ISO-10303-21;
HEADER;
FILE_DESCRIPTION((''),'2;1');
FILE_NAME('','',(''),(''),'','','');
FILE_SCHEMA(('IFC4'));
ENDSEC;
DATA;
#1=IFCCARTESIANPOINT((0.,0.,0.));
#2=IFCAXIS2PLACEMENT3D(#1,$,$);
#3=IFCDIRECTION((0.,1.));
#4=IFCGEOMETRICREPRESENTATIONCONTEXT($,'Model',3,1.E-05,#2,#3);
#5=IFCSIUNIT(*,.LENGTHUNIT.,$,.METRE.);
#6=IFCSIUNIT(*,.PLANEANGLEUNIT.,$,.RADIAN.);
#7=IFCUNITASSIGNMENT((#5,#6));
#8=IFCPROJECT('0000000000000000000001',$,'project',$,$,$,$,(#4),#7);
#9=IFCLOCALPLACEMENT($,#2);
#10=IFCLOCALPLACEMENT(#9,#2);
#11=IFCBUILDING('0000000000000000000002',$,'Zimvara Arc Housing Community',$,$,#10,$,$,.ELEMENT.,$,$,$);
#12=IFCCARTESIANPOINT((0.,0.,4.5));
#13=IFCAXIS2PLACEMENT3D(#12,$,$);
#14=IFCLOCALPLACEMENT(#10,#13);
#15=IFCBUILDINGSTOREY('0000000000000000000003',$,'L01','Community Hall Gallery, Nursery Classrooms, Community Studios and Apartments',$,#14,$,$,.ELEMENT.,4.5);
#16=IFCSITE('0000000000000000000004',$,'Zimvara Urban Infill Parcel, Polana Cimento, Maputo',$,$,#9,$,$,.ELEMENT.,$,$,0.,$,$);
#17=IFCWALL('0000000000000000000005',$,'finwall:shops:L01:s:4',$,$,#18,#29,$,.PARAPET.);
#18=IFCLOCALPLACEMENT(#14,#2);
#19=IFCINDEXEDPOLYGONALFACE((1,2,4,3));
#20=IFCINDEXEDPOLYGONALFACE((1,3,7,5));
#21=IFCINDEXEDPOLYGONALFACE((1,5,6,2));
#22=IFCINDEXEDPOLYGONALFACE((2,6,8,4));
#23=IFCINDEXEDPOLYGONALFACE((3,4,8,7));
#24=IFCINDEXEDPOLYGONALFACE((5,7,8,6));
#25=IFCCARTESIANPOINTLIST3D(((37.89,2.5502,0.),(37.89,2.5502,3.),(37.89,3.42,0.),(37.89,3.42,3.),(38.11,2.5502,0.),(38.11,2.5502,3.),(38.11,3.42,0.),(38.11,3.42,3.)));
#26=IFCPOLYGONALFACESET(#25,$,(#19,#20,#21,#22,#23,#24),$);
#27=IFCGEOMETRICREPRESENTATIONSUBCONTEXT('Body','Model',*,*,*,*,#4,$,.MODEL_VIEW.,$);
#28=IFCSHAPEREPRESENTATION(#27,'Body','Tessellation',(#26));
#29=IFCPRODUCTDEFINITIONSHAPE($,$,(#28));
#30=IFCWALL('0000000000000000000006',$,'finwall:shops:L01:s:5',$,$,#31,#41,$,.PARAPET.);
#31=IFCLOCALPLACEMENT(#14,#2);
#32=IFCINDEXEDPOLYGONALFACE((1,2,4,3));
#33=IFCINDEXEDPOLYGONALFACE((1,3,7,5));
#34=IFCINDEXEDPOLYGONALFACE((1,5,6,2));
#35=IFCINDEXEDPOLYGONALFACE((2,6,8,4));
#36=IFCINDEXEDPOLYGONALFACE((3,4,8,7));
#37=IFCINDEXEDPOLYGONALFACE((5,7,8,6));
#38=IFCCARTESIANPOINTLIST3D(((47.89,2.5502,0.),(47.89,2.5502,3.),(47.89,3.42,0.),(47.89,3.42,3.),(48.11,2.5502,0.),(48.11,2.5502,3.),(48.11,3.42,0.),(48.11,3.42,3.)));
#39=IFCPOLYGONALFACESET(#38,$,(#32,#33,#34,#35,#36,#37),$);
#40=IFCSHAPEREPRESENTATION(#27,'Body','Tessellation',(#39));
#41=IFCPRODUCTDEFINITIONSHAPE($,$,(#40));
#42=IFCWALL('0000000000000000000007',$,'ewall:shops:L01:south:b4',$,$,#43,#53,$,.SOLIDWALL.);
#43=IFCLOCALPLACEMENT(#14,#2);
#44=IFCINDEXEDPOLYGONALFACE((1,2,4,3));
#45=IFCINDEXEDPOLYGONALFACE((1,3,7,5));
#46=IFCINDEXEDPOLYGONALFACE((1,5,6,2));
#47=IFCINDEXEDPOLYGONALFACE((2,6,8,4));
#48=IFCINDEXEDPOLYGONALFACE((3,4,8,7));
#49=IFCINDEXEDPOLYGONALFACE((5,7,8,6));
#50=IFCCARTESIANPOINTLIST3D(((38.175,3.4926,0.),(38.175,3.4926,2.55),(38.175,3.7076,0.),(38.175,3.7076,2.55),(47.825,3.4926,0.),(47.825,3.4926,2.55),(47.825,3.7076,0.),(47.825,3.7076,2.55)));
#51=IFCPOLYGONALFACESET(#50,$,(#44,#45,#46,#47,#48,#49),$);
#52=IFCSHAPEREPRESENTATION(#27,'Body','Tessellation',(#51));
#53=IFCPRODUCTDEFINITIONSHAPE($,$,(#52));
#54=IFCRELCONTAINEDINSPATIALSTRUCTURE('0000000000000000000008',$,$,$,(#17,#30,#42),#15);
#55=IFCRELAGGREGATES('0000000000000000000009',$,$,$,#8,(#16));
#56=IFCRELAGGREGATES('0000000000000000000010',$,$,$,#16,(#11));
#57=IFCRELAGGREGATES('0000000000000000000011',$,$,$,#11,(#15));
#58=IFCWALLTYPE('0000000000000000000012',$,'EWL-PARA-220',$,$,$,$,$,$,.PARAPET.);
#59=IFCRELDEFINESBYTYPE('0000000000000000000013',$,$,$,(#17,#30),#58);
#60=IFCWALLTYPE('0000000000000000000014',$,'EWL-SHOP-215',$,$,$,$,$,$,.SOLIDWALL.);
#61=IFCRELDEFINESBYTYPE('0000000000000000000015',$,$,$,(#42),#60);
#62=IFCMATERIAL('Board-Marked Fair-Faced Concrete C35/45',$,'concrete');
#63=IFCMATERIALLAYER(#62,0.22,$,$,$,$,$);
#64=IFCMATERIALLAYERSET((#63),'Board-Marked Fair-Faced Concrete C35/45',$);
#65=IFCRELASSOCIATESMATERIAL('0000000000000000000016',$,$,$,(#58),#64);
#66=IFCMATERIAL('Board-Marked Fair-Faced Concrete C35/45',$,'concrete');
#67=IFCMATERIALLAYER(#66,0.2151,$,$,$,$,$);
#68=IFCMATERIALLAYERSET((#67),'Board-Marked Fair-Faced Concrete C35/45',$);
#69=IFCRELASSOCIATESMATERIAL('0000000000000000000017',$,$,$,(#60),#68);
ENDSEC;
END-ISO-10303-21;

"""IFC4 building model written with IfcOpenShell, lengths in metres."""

from ifc_helpers import new_model, si_unit, direction, frame, frame_2d, origin, place, context, subcontext, project, spatial, rectangle, extrude, material, layer, layer_set, type_object, element, save


model = new_model("IFC4")

# Units and contexts
model_context = context("Model", 3, precision=1e-05, world=origin(), true_north=direction((0.0, 1.0)))
body_context = subcontext(model_context, "Body", "Model", "MODEL_VIEW")
ifc_project = project(units=[si_unit("LENGTHUNIT", "METRE"), si_unit("PLANEANGLEUNIT", "RADIAN")], contexts=[model_context])

# Site, building, storey
site_placement = place(None, origin())
site = spatial("IfcSite", under=ifc_project, at=site_placement, Name="Zimvara Urban Infill Parcel, Polana Cimento, Maputo", CompositionType="ELEMENT", RefElevation=0.0)
building_placement = place(site_placement, origin())
building = spatial("IfcBuilding", under=site, at=building_placement, Name="Zimvara Arc Housing Community", CompositionType="ELEMENT")
storey_placement = place(building_placement, frame((0.0, 0.0, 4.5)))
storey = spatial("IfcBuildingStorey", under=building, at=storey_placement, Name="L01", Description="Community Hall Gallery, Nursery Classrooms, Community Studios and Apartments", CompositionType="ELEMENT", Elevation=4.5)

# Walls
ifc_material_1 = material(Name="Board-Marked Fair-Faced Concrete C35/45", Category="concrete")
ifc_layer_1 = layer(ifc_material_1, 0.22)
ifc_layer_set_1 = layer_set([ifc_layer_1], Name="Board-Marked Fair-Faced Concrete C35/45")
wall_type_1 = type_object("IfcWallType", Name="EWL-PARA-220", PredefinedType="PARAPET", material=ifc_layer_set_1)
for number, where, z_axis, x_axis, name in (
    (1, (38.0, 2.55, 0.0), (0.0, 0.0, 1.0), (0.0, 1.0, 0.0), "finwall:shops:L01:s:4"),
    (2, (48.0, 2.55, 0.0), (0.0, 0.0, 1.0), (0.0, 1.0, 0.0), "finwall:shops:L01:s:5"),
):
    element("IfcWall", number, at=place(storey_placement, frame(where, z_axis=z_axis, x_axis=x_axis)), inside=storey, type_object=wall_type_1, Name=name, PredefinedType="PARAPET", context=body_context, shape_type="SweptSolid", body=[
        extrude(rectangle(XDim=0.8699, YDim=0.22, at=frame_2d((0.4351, 0.0))), origin(), (0.0, 0.0, 1.0), 3.0),
    ])
ifc_material_2 = material(Name="Board-Marked Fair-Faced Concrete C35/45", Category="concrete")
ifc_layer_2 = layer(ifc_material_2, 0.2151)
ifc_layer_set_2 = layer_set([ifc_layer_2], Name="Board-Marked Fair-Faced Concrete C35/45")
wall_type_2 = type_object("IfcWallType", Name="EWL-SHOP-215", PredefinedType="SOLIDWALL", material=ifc_layer_set_2)
wall_placement = place(storey_placement, frame((38.175, 3.6001, 0.0), z_axis=(0.0, 0.0, 1.0), x_axis=(1.0, 0.0, 0.0)))
element("IfcWall", 3, at=wall_placement, inside=storey, type_object=wall_type_2, Name="ewall:shops:L01:south:b4", PredefinedType="SOLIDWALL", context=body_context, shape_type="SweptSolid", body=[
    extrude(rectangle(XDim=9.6499, YDim=0.2151, at=frame_2d((4.825, 0.0))), origin(), (0.0, 0.0, 1.0), 2.55),
])

save(model, "model.ifc")
